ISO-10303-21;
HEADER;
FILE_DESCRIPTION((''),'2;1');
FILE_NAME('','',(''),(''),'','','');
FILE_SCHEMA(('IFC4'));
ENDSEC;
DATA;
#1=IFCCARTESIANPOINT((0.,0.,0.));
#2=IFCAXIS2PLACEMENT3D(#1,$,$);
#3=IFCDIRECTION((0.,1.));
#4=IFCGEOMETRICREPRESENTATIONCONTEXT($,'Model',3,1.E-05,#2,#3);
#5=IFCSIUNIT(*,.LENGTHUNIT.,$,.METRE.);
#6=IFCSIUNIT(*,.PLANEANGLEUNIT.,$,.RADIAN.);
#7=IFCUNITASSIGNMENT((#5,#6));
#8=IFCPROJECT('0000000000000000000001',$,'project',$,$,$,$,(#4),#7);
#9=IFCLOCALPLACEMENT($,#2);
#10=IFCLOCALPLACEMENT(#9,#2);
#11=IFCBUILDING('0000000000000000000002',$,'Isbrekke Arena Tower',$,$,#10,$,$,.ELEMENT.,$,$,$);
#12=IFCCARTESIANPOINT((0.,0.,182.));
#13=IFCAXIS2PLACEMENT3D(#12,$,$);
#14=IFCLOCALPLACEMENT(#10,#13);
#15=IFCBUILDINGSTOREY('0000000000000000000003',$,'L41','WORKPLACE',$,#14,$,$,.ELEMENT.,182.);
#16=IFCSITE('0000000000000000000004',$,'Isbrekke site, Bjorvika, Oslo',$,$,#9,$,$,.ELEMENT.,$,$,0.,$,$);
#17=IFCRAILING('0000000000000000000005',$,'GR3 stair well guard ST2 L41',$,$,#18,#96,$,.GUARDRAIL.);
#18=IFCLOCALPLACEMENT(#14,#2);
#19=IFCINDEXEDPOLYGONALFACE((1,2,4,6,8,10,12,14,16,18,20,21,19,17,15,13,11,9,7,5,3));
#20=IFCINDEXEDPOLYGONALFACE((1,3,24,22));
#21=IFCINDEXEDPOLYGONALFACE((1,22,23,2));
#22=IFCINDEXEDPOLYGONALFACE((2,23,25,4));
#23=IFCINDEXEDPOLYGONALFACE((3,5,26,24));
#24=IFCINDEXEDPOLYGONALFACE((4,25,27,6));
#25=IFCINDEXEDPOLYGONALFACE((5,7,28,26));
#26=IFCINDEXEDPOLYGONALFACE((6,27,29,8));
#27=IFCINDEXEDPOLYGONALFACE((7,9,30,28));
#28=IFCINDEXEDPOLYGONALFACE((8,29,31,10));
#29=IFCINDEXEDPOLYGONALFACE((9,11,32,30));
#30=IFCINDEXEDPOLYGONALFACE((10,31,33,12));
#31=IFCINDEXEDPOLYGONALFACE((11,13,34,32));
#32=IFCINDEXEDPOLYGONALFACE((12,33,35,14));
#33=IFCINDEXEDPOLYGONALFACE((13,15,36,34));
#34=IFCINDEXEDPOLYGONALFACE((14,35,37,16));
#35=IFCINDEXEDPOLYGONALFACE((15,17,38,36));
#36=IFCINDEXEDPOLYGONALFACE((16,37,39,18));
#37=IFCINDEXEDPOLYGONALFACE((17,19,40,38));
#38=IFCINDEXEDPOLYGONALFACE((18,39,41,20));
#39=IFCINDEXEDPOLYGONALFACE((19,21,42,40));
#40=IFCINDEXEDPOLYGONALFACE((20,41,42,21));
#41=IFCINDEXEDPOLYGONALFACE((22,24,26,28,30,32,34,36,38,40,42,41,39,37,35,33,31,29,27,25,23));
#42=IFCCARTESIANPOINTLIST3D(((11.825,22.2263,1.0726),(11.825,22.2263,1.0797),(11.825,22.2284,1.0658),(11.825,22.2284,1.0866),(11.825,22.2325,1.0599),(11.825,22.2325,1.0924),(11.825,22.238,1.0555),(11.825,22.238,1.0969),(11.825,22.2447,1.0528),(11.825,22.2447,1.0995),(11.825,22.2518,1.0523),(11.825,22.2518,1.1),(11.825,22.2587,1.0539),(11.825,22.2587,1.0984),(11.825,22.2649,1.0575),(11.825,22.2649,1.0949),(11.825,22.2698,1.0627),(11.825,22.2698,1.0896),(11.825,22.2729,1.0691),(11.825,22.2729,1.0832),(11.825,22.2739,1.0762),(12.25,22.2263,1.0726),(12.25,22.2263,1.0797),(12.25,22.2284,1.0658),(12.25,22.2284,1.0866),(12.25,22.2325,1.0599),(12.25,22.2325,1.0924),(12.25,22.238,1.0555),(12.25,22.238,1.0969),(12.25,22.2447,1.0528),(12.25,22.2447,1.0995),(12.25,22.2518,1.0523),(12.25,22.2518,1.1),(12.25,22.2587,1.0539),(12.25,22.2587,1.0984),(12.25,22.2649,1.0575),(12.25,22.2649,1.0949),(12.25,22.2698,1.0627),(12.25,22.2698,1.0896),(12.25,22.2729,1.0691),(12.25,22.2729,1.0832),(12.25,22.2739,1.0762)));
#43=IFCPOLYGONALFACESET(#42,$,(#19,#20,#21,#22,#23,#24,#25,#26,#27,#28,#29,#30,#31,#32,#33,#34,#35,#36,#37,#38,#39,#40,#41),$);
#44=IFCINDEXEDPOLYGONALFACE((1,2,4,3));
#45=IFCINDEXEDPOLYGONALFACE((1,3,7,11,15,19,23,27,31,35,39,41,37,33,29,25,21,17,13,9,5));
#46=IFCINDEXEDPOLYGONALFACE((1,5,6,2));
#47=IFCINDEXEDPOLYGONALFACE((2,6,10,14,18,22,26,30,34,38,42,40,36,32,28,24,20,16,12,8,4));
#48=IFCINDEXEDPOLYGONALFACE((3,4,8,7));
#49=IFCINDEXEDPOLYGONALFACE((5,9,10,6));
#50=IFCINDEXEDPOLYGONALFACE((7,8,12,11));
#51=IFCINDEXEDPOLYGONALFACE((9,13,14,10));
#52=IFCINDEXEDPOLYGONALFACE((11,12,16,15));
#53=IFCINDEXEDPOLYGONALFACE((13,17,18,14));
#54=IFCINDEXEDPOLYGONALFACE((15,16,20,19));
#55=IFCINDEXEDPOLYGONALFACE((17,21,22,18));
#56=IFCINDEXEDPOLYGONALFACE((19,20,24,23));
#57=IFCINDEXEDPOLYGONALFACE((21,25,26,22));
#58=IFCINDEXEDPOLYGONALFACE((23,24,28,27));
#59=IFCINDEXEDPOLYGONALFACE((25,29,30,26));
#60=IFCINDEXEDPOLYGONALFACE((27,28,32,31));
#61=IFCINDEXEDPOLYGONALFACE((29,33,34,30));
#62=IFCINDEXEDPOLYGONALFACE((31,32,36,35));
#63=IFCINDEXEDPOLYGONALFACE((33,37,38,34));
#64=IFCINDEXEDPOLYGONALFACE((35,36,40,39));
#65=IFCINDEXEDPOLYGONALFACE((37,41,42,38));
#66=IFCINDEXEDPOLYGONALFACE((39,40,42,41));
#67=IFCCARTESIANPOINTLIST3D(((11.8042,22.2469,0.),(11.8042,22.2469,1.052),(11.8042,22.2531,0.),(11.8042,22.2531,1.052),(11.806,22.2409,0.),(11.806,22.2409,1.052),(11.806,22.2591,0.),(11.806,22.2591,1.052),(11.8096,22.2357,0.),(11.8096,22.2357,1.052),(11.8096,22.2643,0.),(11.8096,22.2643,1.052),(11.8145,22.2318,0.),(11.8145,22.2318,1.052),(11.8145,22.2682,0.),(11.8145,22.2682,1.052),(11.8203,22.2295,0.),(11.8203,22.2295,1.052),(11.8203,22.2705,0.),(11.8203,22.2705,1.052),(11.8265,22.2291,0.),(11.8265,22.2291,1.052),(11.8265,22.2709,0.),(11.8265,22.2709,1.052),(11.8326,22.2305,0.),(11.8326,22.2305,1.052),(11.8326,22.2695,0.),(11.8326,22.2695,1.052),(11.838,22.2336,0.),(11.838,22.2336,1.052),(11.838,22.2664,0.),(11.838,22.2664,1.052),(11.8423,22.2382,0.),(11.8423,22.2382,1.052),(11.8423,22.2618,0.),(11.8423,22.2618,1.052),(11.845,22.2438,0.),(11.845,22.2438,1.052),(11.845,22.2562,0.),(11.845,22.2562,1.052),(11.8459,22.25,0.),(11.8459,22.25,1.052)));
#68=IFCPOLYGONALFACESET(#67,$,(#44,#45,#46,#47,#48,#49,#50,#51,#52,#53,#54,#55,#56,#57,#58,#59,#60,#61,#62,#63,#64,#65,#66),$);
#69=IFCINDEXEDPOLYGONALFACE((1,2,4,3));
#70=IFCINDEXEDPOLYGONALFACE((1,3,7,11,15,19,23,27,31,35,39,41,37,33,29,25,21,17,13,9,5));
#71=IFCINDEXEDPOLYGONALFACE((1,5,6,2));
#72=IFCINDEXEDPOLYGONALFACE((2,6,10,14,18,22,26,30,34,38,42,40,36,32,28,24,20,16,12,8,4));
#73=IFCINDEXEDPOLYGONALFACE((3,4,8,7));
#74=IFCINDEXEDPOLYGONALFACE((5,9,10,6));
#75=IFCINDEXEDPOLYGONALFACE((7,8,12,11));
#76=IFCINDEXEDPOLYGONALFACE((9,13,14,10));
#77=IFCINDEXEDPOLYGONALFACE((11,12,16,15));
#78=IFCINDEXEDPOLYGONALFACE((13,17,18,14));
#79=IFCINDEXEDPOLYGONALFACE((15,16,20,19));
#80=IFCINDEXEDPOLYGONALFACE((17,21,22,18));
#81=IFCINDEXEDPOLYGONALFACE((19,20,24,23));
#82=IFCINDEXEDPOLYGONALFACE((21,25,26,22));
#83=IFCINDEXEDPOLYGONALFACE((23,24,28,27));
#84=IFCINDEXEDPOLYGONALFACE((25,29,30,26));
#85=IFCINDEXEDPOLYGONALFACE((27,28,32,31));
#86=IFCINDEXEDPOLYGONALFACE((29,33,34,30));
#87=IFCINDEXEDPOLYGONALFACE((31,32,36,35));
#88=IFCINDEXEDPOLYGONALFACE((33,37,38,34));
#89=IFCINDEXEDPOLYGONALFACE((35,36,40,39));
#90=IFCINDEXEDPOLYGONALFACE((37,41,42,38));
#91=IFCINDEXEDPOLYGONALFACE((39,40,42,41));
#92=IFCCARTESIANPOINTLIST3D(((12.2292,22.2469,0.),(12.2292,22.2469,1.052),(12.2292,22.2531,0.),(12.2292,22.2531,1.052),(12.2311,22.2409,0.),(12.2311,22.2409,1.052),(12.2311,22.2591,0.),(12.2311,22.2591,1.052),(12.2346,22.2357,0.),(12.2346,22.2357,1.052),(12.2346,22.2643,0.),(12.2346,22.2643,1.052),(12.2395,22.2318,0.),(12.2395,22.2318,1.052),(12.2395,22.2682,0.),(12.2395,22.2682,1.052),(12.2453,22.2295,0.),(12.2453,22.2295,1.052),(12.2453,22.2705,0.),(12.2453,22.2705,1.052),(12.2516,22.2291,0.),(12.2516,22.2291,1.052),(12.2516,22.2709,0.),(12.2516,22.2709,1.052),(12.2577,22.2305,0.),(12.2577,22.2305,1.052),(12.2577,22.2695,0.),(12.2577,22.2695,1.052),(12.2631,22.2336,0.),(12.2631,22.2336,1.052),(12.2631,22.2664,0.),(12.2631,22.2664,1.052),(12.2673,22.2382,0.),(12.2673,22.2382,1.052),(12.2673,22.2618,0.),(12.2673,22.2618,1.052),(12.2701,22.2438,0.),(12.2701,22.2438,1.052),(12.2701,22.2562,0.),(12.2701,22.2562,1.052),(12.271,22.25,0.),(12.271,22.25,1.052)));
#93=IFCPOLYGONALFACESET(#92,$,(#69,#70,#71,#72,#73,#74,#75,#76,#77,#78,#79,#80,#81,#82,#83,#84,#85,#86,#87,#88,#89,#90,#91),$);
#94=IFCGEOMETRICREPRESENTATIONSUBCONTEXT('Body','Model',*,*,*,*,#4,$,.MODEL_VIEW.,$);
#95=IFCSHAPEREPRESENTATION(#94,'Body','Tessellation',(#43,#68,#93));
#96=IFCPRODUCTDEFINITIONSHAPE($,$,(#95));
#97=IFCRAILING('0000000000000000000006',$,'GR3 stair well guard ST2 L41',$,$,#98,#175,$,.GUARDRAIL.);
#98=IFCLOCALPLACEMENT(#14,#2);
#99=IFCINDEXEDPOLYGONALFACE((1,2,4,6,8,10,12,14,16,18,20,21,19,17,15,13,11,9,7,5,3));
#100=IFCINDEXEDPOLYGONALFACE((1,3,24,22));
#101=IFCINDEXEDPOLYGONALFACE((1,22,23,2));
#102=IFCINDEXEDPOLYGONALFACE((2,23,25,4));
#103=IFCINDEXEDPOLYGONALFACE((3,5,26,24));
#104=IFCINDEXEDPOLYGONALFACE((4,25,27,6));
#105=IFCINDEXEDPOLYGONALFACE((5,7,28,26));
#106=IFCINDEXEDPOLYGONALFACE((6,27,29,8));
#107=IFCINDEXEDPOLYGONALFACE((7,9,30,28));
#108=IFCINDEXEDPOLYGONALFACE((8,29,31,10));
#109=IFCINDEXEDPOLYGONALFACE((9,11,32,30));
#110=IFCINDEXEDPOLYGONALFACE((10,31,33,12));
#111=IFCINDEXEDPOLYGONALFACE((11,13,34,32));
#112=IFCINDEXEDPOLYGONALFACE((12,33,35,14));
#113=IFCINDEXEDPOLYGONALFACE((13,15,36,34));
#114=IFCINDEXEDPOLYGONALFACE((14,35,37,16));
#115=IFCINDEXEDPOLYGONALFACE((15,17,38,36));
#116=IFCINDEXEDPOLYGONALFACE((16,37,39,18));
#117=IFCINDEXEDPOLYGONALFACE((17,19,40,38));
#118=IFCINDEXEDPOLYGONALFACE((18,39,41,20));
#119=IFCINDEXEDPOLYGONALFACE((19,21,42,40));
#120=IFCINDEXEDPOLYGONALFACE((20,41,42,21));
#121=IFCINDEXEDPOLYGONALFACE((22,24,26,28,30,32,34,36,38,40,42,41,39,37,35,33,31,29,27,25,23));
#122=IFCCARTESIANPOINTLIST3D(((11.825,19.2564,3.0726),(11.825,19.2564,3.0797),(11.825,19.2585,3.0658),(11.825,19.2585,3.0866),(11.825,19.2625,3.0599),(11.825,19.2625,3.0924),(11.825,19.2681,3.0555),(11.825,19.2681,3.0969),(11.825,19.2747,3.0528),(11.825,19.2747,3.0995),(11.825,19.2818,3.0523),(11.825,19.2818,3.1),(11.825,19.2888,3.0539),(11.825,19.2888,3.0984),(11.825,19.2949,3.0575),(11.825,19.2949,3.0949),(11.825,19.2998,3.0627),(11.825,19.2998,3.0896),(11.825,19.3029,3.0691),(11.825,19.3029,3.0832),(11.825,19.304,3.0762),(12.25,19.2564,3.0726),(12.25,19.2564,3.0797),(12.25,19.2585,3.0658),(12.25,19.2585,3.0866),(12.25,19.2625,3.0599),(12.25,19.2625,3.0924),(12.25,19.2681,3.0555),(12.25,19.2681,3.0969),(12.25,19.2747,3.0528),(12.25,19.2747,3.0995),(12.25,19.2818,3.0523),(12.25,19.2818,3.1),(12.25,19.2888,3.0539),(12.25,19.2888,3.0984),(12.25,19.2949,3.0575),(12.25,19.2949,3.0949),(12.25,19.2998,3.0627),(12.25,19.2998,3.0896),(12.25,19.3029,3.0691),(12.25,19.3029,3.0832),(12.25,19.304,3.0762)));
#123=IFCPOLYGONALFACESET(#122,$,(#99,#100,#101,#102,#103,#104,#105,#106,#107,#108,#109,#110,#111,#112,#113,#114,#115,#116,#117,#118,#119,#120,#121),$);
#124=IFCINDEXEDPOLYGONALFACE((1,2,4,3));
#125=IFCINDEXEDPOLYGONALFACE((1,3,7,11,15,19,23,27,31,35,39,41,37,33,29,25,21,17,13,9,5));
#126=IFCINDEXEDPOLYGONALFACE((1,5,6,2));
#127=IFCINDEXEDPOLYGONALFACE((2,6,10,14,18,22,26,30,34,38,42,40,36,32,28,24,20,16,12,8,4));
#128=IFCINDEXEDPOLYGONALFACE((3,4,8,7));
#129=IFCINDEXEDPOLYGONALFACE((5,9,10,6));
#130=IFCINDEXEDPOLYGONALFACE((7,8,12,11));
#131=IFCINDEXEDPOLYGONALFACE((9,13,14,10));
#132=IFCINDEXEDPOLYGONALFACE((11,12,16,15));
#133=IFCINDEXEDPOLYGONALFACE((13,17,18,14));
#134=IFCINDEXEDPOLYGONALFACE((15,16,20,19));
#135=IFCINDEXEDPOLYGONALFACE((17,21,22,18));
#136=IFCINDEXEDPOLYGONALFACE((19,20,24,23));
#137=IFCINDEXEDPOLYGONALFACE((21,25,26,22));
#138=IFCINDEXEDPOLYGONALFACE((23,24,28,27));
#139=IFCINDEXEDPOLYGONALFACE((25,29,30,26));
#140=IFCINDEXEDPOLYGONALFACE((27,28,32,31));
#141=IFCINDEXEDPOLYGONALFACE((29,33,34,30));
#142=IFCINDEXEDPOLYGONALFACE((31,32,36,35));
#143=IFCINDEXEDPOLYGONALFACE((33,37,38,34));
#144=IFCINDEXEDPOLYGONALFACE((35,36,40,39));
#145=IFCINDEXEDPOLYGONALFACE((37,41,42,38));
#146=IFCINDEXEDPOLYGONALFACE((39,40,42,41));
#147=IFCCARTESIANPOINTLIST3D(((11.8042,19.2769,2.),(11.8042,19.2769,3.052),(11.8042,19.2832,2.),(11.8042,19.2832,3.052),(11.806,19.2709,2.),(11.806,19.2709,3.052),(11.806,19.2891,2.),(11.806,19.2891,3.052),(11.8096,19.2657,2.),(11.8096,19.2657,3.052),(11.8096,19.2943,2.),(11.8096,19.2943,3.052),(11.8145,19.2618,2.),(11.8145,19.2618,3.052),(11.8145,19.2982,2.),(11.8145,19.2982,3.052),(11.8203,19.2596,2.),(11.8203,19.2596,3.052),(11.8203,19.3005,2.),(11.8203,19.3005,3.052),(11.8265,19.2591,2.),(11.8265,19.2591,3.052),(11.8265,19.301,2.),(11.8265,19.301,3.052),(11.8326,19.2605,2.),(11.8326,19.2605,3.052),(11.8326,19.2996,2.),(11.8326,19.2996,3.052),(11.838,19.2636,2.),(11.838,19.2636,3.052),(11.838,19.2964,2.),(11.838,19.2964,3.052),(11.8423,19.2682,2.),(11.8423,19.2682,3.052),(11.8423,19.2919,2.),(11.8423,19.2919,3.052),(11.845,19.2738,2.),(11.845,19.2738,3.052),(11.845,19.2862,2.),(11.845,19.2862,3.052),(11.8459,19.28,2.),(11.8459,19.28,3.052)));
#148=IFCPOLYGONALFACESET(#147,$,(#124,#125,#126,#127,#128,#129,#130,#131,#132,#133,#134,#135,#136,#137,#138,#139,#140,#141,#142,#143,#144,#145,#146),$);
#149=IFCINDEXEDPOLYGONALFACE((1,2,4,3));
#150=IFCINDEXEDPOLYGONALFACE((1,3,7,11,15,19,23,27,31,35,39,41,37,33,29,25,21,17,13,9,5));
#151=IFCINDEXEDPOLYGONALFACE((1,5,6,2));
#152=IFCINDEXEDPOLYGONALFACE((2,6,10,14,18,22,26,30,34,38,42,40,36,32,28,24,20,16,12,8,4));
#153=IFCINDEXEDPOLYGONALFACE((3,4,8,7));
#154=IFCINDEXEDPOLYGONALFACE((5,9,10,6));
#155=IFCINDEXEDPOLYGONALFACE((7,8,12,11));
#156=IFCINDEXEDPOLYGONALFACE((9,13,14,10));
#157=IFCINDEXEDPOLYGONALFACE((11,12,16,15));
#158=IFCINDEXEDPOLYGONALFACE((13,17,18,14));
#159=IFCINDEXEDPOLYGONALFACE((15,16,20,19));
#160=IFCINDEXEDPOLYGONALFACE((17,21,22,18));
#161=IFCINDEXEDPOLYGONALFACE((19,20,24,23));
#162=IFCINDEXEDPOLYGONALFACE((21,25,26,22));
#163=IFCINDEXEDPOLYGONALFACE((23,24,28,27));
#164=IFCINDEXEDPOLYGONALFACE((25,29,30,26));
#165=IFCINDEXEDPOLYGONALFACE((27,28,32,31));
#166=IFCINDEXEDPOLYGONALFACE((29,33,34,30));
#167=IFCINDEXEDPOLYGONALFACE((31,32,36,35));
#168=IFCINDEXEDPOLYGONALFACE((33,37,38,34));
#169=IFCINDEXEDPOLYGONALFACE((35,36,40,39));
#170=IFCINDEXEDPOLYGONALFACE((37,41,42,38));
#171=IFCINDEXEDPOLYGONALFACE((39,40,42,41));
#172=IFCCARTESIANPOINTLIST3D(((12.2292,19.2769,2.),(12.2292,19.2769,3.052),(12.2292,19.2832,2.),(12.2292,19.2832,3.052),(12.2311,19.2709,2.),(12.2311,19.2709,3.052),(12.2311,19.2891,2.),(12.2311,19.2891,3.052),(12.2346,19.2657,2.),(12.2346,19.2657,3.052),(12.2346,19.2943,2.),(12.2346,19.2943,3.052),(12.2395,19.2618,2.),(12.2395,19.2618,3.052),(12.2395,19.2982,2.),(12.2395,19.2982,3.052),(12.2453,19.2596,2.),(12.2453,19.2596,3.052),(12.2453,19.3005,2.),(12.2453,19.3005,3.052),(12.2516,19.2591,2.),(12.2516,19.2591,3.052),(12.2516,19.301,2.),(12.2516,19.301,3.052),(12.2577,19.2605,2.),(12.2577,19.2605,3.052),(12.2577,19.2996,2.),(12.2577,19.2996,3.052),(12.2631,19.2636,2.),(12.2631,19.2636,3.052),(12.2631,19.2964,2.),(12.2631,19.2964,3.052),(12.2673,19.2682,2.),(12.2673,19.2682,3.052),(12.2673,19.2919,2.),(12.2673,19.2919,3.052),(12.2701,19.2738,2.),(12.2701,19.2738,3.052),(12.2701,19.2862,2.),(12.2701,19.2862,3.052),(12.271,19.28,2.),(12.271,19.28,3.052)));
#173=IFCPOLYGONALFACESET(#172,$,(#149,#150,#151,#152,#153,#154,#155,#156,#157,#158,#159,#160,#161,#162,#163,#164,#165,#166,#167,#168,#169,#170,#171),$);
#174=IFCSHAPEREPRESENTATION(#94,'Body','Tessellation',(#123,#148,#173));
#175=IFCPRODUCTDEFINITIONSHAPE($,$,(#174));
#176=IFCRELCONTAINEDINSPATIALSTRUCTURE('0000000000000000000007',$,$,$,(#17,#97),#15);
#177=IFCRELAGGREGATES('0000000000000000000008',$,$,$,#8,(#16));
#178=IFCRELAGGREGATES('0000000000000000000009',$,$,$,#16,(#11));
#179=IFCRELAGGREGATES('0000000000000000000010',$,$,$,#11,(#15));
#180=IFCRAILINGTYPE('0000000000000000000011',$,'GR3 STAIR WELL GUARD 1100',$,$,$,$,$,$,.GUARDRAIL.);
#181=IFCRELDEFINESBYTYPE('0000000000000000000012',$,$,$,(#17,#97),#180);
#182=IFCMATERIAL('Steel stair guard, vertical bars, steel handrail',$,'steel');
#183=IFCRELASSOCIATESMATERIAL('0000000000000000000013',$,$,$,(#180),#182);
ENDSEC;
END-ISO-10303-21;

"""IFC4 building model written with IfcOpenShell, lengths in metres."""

from ifc_helpers import new_model, si_unit, direction, frame, origin, origin_2d, place, context, subcontext, project, spatial, circle, extrude, material, type_object, element, save


model = new_model("IFC4")

# Units and contexts
model_context = context("Model", 3, precision=1e-05, world=origin(), true_north=direction((0.0, 1.0)))
body_context = subcontext(model_context, "Body", "Model", "MODEL_VIEW")
ifc_project = project(units=[si_unit("LENGTHUNIT", "METRE"), si_unit("PLANEANGLEUNIT", "RADIAN")], contexts=[model_context])

# Site, building, storey
site_placement = place(None, origin())
site = spatial("IfcSite", under=ifc_project, at=site_placement, Name="Isbrekke site, Bjorvika, Oslo", CompositionType="ELEMENT", RefElevation=0.0)
building_placement = place(site_placement, origin())
building = spatial("IfcBuilding", under=site, at=building_placement, Name="Isbrekke Arena Tower", CompositionType="ELEMENT")
storey_placement = place(building_placement, frame((0.0, 0.0, 182.0)))
storey = spatial("IfcBuildingStorey", under=building, at=storey_placement, Name="L41", Description="WORKPLACE", CompositionType="ELEMENT", Elevation=182.0)

# Railings
ifc_material_1 = material(Name="Steel stair guard, vertical bars, steel handrail", Category="steel")
railing_type = type_object("IfcRailingType", Name="GR3 STAIR WELL GUARD 1100", PredefinedType="GUARDRAIL", material=ifc_material_1)
for number, where, name in (
    (1, (11.825, 22.25, 0.0), "GR3 stair well guard ST2 L41"),
    (2, (11.825, 19.28, 2.0), "GR3 stair well guard ST2 L41"),
):
    element("IfcRailing", number, at=place(storey_placement, frame(where)), inside=storey, type_object=railing_type, Name=name, PredefinedType="GUARDRAIL", context=body_context, shape_type="SweptSolid", body=[
        extrude(circle(Radius=0.0239, at=origin_2d()), frame((0.0, 0.0, 1.0762), z_axis=(1.0, 0.0, 0.0), x_axis=(0.0, 1.0, 0.0)), (0.0, 0.0, 1.0), 0.425),
        extrude(circle(Radius=0.021, at=origin_2d()), origin(), (0.0, 0.0, 1.0), 1.052),
        extrude(circle(Radius=0.021, at=origin_2d()), frame((0.425, 0.0, 0.0)), (0.0, 0.0, 1.0), 1.052),
    ])

save(model, "model.ifc")
